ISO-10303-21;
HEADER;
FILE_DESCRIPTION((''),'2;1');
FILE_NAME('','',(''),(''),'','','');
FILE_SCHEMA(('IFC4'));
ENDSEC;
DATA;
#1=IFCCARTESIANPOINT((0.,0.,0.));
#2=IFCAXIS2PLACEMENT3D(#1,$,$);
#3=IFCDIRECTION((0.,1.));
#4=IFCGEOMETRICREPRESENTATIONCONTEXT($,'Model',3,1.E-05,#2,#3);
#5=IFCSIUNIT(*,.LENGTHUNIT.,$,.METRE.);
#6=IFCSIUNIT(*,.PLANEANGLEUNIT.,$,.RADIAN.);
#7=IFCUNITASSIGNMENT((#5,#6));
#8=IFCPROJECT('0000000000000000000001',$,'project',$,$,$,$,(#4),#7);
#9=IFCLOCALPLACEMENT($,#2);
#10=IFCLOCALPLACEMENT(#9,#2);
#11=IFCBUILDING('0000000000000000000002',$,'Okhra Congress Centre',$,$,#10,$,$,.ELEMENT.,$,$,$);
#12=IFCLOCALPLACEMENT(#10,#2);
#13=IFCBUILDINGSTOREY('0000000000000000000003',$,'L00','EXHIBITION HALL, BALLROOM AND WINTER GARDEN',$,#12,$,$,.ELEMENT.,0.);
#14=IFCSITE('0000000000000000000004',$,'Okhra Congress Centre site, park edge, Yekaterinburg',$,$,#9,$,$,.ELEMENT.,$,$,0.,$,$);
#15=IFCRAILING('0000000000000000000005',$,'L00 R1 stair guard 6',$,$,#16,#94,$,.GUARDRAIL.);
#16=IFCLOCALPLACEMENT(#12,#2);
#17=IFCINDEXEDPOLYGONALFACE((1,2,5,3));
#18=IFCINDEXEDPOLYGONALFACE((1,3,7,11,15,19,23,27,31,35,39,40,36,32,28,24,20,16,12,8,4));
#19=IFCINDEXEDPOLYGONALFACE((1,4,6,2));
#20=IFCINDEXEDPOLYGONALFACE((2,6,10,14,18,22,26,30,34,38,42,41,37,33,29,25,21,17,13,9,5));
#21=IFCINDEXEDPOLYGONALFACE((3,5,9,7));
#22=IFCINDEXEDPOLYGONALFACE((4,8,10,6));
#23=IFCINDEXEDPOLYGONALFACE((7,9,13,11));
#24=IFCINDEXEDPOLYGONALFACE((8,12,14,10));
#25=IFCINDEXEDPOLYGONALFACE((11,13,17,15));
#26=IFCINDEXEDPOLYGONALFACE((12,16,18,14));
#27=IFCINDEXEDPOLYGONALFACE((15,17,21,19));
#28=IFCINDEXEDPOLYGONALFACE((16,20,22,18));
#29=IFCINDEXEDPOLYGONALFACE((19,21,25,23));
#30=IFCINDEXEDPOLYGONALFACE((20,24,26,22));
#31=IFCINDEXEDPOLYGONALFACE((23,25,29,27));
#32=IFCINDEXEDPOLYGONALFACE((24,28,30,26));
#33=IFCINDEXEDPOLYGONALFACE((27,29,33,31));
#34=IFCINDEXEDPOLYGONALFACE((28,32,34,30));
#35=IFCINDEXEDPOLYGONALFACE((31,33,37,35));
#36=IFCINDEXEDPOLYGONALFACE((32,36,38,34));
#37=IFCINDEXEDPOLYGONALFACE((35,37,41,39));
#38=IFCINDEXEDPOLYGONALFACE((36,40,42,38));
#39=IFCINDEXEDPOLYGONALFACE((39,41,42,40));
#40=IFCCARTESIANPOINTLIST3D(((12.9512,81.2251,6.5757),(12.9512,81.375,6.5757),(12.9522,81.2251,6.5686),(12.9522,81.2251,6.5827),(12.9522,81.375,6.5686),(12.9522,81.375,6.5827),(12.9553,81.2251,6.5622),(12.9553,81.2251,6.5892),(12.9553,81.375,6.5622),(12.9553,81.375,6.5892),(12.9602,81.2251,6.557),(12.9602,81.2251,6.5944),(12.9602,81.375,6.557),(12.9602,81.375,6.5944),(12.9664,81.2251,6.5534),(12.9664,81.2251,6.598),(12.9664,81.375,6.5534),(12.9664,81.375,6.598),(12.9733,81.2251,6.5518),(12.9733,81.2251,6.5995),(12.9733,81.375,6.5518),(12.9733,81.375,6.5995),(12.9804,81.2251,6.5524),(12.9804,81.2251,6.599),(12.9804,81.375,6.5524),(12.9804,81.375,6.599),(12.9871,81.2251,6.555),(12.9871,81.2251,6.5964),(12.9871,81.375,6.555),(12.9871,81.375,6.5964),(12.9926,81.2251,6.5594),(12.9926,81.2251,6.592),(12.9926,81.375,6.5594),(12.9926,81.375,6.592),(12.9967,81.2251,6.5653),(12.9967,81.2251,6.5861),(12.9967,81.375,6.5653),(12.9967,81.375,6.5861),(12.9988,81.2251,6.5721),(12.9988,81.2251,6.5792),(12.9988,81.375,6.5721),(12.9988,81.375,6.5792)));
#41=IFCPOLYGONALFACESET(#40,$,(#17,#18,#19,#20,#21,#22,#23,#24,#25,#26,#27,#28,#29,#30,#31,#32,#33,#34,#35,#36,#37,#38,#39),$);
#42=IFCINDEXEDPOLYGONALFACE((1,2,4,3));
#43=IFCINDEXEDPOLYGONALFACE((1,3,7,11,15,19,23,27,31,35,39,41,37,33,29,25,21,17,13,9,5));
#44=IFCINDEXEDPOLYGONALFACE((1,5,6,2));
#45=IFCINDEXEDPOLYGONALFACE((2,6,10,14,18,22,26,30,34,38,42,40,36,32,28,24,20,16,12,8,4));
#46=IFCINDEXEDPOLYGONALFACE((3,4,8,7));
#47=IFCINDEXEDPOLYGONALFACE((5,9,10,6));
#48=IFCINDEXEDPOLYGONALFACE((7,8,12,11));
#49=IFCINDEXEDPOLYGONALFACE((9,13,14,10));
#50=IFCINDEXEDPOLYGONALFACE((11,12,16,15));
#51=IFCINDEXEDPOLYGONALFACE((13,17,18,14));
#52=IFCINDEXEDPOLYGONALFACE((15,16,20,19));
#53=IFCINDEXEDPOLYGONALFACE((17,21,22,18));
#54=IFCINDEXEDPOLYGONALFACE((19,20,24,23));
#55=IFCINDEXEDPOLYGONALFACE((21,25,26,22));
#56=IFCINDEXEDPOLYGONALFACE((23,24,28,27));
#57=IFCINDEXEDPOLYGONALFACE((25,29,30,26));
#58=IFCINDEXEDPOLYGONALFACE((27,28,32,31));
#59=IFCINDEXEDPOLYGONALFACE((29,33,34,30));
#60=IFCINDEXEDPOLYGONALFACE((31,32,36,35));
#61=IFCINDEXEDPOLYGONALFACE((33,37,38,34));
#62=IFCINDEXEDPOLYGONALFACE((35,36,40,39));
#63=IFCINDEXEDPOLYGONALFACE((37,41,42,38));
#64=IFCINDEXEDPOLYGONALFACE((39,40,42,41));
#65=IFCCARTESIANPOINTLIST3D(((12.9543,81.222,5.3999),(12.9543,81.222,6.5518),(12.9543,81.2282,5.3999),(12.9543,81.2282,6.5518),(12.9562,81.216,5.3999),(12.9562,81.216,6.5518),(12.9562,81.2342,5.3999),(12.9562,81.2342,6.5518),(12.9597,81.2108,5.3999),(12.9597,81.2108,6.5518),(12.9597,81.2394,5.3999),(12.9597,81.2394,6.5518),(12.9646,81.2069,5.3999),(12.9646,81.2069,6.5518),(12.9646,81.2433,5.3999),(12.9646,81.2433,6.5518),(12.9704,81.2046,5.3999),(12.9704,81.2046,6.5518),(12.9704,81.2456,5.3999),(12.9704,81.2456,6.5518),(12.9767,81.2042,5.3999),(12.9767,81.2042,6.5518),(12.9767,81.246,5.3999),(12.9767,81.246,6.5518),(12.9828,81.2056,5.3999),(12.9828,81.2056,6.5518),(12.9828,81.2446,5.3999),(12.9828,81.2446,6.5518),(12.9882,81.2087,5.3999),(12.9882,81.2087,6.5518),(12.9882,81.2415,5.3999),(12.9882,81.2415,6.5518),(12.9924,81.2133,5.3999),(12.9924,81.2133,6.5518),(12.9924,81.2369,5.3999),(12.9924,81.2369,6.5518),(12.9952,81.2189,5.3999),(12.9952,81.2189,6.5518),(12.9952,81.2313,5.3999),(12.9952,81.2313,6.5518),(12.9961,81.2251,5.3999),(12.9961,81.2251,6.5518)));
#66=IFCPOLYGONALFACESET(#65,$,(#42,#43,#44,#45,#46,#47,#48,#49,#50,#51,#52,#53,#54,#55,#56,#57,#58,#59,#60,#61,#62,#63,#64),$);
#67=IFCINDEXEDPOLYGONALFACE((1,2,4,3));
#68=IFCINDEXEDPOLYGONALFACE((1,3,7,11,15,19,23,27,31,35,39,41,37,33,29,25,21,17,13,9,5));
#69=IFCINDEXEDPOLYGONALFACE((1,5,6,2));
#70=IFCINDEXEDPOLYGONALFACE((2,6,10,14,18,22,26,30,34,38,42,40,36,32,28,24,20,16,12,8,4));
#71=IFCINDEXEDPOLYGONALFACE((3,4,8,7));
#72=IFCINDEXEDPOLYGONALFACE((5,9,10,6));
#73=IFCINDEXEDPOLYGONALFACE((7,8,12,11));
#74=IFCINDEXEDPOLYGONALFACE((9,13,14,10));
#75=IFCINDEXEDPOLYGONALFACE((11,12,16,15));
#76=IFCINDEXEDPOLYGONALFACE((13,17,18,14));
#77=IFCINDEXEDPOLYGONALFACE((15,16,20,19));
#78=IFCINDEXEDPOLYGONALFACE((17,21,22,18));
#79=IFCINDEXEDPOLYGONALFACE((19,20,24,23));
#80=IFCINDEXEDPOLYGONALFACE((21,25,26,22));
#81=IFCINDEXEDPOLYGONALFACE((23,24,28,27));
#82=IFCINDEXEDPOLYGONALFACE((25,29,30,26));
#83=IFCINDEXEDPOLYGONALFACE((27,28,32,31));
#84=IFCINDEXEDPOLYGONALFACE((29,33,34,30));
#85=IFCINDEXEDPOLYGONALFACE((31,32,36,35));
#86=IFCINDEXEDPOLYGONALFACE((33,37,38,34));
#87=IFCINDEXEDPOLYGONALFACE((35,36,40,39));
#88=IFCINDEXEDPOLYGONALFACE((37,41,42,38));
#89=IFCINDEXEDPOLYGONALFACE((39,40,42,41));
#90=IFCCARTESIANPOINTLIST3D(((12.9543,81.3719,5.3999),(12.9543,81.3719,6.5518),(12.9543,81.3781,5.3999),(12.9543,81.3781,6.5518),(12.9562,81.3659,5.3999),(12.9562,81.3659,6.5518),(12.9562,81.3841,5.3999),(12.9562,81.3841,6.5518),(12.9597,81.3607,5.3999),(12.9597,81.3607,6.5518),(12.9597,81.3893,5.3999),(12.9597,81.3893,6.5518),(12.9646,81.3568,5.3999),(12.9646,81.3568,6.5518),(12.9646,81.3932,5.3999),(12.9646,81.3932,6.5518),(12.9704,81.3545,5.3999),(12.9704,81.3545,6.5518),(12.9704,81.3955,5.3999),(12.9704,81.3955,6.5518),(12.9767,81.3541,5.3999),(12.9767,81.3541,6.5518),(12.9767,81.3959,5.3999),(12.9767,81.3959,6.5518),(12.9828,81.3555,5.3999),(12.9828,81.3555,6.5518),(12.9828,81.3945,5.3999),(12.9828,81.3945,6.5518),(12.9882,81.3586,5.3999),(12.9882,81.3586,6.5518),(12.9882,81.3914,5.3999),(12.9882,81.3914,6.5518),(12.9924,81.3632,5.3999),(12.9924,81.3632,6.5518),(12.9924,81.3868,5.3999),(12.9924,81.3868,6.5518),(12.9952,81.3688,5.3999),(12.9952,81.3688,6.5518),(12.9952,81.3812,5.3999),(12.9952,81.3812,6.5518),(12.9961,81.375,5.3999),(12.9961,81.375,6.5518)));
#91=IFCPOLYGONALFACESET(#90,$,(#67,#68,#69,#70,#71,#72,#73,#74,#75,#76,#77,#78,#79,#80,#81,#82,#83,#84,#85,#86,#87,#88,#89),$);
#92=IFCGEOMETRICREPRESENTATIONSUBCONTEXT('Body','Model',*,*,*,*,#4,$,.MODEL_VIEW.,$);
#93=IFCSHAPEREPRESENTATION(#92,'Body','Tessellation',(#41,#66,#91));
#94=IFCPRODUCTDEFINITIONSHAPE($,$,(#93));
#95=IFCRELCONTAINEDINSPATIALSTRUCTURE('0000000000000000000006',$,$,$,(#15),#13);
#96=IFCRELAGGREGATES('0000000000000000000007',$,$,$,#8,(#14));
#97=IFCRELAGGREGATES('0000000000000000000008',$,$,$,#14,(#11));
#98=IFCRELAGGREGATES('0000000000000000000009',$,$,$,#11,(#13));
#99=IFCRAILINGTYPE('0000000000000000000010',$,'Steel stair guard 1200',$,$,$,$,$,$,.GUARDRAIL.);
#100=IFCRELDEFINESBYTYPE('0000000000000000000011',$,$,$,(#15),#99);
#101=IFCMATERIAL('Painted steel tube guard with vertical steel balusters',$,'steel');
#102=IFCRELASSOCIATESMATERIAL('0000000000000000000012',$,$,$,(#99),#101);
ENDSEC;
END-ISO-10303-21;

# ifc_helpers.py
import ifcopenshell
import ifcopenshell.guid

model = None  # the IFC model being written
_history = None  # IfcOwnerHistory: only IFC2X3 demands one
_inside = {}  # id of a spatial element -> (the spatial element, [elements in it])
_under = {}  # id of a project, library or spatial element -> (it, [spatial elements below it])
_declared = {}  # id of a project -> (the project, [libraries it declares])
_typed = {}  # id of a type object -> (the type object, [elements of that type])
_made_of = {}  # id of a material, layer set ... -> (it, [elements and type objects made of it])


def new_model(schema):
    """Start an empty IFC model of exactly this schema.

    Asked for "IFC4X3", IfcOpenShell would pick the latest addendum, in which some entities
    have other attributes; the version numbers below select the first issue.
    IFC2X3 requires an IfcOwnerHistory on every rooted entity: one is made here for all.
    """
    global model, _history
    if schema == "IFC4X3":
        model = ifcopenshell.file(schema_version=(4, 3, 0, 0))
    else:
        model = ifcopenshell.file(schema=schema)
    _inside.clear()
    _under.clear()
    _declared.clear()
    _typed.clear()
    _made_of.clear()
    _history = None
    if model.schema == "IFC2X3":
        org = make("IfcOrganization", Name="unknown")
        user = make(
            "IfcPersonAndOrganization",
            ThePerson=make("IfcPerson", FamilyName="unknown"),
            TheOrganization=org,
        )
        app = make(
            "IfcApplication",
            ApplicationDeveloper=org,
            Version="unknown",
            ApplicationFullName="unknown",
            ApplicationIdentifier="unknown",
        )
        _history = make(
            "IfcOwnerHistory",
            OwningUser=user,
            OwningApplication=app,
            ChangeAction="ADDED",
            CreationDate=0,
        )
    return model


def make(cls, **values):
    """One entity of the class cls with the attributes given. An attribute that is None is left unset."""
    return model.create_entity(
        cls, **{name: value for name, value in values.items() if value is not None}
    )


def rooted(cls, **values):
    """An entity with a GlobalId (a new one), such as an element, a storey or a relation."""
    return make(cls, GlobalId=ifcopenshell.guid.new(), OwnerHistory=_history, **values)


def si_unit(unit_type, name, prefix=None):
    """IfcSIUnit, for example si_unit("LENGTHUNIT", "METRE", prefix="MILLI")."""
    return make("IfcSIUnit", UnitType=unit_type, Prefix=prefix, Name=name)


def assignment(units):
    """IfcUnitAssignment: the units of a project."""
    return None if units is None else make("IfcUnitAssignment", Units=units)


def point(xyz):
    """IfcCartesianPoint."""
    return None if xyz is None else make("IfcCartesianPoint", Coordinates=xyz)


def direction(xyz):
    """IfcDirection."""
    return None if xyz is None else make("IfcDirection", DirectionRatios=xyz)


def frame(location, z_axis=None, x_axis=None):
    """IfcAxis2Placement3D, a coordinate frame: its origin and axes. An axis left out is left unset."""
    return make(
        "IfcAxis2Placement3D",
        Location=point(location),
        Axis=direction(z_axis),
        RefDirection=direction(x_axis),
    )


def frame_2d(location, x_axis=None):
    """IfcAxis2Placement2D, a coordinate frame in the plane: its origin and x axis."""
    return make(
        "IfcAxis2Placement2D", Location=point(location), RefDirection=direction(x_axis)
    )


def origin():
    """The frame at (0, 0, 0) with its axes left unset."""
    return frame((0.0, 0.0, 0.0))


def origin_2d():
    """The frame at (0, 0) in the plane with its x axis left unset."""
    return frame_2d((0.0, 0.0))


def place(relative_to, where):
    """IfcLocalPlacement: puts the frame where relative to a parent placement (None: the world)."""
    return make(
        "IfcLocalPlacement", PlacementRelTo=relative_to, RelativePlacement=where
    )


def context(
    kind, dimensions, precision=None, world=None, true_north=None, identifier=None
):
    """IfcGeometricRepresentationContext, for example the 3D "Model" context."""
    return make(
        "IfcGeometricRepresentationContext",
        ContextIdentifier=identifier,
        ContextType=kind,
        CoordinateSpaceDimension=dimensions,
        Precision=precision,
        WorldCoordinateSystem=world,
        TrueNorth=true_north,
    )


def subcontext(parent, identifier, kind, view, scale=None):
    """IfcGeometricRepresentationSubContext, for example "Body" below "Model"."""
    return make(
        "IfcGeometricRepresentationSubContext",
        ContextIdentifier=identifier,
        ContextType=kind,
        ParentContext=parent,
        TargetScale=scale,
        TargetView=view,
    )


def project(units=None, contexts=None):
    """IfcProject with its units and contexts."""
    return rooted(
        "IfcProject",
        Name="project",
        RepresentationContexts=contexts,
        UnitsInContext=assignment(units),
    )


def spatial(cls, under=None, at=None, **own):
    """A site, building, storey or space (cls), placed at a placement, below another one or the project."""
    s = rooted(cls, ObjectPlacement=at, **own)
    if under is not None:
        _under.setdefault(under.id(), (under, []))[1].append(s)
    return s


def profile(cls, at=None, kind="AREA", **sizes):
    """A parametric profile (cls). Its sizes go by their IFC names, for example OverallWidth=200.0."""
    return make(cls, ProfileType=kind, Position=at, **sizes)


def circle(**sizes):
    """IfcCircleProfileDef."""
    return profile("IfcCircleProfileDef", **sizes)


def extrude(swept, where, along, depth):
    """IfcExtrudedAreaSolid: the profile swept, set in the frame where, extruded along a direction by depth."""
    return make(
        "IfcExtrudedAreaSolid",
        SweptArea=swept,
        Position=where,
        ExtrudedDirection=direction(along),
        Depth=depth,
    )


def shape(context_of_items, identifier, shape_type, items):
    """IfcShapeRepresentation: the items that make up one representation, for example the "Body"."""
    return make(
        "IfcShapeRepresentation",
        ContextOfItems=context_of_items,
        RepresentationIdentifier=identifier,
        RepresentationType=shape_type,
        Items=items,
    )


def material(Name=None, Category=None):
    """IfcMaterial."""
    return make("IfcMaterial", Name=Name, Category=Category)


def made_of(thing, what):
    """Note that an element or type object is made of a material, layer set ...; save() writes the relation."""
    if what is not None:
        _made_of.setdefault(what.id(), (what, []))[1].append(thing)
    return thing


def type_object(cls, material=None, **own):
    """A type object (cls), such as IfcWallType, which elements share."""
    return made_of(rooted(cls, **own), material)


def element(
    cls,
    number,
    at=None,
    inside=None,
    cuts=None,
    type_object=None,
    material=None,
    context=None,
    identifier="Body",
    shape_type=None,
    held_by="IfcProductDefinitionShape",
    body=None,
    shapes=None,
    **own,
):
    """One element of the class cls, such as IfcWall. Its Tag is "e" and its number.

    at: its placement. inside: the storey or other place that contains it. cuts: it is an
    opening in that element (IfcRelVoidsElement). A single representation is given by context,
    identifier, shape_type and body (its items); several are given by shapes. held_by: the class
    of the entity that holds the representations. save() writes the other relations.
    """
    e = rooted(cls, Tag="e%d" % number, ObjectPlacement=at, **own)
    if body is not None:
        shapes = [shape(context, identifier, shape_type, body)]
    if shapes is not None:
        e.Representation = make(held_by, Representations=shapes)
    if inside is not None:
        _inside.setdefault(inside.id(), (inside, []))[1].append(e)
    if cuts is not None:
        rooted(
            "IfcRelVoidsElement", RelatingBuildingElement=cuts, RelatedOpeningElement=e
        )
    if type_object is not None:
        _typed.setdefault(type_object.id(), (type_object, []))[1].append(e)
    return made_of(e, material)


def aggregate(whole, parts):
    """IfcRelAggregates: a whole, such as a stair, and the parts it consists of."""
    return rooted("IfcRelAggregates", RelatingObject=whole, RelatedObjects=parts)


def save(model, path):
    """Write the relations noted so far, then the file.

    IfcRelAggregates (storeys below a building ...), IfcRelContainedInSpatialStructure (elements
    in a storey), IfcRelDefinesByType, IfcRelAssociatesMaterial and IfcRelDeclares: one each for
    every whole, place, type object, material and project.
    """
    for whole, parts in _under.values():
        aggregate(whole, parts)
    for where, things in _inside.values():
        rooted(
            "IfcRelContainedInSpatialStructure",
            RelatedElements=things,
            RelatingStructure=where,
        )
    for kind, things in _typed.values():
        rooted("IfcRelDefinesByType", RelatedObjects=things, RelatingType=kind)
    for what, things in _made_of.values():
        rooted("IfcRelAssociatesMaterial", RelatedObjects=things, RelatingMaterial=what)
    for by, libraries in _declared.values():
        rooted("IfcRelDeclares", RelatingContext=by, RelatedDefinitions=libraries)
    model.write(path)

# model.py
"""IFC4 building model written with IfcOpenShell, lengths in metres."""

from ifc_helpers import new_model, si_unit, direction, frame, origin, origin_2d, place, context, subcontext, project, spatial, circle, extrude, material, type_object, element, save


model = new_model("IFC4")

# Units and contexts
model_context = context("Model", 3, precision=1e-05, world=origin(), true_north=direction((0.0, 1.0)))
body_context = subcontext(model_context, "Body", "Model", "MODEL_VIEW")
ifc_project = project(units=[si_unit("LENGTHUNIT", "METRE"), si_unit("PLANEANGLEUNIT", "RADIAN")], contexts=[model_context])

# Site, building, storey
site_placement = place(None, origin())
site = spatial("IfcSite", under=ifc_project, at=site_placement, Name="Okhra Congress Centre site, park edge, Yekaterinburg", CompositionType="ELEMENT", RefElevation=0.0)
building_placement = place(site_placement, origin())
building = spatial("IfcBuilding", under=site, at=building_placement, Name="Okhra Congress Centre", CompositionType="ELEMENT")
storey_placement = place(building_placement, origin())
storey = spatial("IfcBuildingStorey", under=building, at=storey_placement, Name="L00", Description="EXHIBITION HALL, BALLROOM AND WINTER GARDEN", CompositionType="ELEMENT", Elevation=0.0)

# Railing
ifc_material_1 = material(Name="Painted steel tube guard with vertical steel balusters", Category="steel")
railing_type_1 = type_object("IfcRailingType", Name="Steel stair guard 1200", PredefinedType="GUARDRAIL", material=ifc_material_1)
railing_1_placement = place(storey_placement, frame((12.9751, 81.2251, 5.3999)))
element("IfcRailing", 1, at=railing_1_placement, inside=storey, type_object=railing_type_1, Name="L00 R1 stair guard 6", PredefinedType="GUARDRAIL", context=body_context, shape_type="SweptSolid", body=[
    extrude(circle(Radius=0.0239, at=origin_2d()), frame((0.0, 0.0, 1.1758), z_axis=(0.0, 1.0, 0.0), x_axis=(-1.0, 0.0, 0.0)), (0.0, 0.0, 1.0), 0.1499),
    extrude(circle(Radius=0.021, at=origin_2d()), origin(), (0.0, 0.0, 1.0), 1.1519),
    extrude(circle(Radius=0.021, at=origin_2d()), frame((0.0, 0.1499, 0.0)), (0.0, 0.0, 1.0), 1.1519),
])

save(model, "model.ifc")
